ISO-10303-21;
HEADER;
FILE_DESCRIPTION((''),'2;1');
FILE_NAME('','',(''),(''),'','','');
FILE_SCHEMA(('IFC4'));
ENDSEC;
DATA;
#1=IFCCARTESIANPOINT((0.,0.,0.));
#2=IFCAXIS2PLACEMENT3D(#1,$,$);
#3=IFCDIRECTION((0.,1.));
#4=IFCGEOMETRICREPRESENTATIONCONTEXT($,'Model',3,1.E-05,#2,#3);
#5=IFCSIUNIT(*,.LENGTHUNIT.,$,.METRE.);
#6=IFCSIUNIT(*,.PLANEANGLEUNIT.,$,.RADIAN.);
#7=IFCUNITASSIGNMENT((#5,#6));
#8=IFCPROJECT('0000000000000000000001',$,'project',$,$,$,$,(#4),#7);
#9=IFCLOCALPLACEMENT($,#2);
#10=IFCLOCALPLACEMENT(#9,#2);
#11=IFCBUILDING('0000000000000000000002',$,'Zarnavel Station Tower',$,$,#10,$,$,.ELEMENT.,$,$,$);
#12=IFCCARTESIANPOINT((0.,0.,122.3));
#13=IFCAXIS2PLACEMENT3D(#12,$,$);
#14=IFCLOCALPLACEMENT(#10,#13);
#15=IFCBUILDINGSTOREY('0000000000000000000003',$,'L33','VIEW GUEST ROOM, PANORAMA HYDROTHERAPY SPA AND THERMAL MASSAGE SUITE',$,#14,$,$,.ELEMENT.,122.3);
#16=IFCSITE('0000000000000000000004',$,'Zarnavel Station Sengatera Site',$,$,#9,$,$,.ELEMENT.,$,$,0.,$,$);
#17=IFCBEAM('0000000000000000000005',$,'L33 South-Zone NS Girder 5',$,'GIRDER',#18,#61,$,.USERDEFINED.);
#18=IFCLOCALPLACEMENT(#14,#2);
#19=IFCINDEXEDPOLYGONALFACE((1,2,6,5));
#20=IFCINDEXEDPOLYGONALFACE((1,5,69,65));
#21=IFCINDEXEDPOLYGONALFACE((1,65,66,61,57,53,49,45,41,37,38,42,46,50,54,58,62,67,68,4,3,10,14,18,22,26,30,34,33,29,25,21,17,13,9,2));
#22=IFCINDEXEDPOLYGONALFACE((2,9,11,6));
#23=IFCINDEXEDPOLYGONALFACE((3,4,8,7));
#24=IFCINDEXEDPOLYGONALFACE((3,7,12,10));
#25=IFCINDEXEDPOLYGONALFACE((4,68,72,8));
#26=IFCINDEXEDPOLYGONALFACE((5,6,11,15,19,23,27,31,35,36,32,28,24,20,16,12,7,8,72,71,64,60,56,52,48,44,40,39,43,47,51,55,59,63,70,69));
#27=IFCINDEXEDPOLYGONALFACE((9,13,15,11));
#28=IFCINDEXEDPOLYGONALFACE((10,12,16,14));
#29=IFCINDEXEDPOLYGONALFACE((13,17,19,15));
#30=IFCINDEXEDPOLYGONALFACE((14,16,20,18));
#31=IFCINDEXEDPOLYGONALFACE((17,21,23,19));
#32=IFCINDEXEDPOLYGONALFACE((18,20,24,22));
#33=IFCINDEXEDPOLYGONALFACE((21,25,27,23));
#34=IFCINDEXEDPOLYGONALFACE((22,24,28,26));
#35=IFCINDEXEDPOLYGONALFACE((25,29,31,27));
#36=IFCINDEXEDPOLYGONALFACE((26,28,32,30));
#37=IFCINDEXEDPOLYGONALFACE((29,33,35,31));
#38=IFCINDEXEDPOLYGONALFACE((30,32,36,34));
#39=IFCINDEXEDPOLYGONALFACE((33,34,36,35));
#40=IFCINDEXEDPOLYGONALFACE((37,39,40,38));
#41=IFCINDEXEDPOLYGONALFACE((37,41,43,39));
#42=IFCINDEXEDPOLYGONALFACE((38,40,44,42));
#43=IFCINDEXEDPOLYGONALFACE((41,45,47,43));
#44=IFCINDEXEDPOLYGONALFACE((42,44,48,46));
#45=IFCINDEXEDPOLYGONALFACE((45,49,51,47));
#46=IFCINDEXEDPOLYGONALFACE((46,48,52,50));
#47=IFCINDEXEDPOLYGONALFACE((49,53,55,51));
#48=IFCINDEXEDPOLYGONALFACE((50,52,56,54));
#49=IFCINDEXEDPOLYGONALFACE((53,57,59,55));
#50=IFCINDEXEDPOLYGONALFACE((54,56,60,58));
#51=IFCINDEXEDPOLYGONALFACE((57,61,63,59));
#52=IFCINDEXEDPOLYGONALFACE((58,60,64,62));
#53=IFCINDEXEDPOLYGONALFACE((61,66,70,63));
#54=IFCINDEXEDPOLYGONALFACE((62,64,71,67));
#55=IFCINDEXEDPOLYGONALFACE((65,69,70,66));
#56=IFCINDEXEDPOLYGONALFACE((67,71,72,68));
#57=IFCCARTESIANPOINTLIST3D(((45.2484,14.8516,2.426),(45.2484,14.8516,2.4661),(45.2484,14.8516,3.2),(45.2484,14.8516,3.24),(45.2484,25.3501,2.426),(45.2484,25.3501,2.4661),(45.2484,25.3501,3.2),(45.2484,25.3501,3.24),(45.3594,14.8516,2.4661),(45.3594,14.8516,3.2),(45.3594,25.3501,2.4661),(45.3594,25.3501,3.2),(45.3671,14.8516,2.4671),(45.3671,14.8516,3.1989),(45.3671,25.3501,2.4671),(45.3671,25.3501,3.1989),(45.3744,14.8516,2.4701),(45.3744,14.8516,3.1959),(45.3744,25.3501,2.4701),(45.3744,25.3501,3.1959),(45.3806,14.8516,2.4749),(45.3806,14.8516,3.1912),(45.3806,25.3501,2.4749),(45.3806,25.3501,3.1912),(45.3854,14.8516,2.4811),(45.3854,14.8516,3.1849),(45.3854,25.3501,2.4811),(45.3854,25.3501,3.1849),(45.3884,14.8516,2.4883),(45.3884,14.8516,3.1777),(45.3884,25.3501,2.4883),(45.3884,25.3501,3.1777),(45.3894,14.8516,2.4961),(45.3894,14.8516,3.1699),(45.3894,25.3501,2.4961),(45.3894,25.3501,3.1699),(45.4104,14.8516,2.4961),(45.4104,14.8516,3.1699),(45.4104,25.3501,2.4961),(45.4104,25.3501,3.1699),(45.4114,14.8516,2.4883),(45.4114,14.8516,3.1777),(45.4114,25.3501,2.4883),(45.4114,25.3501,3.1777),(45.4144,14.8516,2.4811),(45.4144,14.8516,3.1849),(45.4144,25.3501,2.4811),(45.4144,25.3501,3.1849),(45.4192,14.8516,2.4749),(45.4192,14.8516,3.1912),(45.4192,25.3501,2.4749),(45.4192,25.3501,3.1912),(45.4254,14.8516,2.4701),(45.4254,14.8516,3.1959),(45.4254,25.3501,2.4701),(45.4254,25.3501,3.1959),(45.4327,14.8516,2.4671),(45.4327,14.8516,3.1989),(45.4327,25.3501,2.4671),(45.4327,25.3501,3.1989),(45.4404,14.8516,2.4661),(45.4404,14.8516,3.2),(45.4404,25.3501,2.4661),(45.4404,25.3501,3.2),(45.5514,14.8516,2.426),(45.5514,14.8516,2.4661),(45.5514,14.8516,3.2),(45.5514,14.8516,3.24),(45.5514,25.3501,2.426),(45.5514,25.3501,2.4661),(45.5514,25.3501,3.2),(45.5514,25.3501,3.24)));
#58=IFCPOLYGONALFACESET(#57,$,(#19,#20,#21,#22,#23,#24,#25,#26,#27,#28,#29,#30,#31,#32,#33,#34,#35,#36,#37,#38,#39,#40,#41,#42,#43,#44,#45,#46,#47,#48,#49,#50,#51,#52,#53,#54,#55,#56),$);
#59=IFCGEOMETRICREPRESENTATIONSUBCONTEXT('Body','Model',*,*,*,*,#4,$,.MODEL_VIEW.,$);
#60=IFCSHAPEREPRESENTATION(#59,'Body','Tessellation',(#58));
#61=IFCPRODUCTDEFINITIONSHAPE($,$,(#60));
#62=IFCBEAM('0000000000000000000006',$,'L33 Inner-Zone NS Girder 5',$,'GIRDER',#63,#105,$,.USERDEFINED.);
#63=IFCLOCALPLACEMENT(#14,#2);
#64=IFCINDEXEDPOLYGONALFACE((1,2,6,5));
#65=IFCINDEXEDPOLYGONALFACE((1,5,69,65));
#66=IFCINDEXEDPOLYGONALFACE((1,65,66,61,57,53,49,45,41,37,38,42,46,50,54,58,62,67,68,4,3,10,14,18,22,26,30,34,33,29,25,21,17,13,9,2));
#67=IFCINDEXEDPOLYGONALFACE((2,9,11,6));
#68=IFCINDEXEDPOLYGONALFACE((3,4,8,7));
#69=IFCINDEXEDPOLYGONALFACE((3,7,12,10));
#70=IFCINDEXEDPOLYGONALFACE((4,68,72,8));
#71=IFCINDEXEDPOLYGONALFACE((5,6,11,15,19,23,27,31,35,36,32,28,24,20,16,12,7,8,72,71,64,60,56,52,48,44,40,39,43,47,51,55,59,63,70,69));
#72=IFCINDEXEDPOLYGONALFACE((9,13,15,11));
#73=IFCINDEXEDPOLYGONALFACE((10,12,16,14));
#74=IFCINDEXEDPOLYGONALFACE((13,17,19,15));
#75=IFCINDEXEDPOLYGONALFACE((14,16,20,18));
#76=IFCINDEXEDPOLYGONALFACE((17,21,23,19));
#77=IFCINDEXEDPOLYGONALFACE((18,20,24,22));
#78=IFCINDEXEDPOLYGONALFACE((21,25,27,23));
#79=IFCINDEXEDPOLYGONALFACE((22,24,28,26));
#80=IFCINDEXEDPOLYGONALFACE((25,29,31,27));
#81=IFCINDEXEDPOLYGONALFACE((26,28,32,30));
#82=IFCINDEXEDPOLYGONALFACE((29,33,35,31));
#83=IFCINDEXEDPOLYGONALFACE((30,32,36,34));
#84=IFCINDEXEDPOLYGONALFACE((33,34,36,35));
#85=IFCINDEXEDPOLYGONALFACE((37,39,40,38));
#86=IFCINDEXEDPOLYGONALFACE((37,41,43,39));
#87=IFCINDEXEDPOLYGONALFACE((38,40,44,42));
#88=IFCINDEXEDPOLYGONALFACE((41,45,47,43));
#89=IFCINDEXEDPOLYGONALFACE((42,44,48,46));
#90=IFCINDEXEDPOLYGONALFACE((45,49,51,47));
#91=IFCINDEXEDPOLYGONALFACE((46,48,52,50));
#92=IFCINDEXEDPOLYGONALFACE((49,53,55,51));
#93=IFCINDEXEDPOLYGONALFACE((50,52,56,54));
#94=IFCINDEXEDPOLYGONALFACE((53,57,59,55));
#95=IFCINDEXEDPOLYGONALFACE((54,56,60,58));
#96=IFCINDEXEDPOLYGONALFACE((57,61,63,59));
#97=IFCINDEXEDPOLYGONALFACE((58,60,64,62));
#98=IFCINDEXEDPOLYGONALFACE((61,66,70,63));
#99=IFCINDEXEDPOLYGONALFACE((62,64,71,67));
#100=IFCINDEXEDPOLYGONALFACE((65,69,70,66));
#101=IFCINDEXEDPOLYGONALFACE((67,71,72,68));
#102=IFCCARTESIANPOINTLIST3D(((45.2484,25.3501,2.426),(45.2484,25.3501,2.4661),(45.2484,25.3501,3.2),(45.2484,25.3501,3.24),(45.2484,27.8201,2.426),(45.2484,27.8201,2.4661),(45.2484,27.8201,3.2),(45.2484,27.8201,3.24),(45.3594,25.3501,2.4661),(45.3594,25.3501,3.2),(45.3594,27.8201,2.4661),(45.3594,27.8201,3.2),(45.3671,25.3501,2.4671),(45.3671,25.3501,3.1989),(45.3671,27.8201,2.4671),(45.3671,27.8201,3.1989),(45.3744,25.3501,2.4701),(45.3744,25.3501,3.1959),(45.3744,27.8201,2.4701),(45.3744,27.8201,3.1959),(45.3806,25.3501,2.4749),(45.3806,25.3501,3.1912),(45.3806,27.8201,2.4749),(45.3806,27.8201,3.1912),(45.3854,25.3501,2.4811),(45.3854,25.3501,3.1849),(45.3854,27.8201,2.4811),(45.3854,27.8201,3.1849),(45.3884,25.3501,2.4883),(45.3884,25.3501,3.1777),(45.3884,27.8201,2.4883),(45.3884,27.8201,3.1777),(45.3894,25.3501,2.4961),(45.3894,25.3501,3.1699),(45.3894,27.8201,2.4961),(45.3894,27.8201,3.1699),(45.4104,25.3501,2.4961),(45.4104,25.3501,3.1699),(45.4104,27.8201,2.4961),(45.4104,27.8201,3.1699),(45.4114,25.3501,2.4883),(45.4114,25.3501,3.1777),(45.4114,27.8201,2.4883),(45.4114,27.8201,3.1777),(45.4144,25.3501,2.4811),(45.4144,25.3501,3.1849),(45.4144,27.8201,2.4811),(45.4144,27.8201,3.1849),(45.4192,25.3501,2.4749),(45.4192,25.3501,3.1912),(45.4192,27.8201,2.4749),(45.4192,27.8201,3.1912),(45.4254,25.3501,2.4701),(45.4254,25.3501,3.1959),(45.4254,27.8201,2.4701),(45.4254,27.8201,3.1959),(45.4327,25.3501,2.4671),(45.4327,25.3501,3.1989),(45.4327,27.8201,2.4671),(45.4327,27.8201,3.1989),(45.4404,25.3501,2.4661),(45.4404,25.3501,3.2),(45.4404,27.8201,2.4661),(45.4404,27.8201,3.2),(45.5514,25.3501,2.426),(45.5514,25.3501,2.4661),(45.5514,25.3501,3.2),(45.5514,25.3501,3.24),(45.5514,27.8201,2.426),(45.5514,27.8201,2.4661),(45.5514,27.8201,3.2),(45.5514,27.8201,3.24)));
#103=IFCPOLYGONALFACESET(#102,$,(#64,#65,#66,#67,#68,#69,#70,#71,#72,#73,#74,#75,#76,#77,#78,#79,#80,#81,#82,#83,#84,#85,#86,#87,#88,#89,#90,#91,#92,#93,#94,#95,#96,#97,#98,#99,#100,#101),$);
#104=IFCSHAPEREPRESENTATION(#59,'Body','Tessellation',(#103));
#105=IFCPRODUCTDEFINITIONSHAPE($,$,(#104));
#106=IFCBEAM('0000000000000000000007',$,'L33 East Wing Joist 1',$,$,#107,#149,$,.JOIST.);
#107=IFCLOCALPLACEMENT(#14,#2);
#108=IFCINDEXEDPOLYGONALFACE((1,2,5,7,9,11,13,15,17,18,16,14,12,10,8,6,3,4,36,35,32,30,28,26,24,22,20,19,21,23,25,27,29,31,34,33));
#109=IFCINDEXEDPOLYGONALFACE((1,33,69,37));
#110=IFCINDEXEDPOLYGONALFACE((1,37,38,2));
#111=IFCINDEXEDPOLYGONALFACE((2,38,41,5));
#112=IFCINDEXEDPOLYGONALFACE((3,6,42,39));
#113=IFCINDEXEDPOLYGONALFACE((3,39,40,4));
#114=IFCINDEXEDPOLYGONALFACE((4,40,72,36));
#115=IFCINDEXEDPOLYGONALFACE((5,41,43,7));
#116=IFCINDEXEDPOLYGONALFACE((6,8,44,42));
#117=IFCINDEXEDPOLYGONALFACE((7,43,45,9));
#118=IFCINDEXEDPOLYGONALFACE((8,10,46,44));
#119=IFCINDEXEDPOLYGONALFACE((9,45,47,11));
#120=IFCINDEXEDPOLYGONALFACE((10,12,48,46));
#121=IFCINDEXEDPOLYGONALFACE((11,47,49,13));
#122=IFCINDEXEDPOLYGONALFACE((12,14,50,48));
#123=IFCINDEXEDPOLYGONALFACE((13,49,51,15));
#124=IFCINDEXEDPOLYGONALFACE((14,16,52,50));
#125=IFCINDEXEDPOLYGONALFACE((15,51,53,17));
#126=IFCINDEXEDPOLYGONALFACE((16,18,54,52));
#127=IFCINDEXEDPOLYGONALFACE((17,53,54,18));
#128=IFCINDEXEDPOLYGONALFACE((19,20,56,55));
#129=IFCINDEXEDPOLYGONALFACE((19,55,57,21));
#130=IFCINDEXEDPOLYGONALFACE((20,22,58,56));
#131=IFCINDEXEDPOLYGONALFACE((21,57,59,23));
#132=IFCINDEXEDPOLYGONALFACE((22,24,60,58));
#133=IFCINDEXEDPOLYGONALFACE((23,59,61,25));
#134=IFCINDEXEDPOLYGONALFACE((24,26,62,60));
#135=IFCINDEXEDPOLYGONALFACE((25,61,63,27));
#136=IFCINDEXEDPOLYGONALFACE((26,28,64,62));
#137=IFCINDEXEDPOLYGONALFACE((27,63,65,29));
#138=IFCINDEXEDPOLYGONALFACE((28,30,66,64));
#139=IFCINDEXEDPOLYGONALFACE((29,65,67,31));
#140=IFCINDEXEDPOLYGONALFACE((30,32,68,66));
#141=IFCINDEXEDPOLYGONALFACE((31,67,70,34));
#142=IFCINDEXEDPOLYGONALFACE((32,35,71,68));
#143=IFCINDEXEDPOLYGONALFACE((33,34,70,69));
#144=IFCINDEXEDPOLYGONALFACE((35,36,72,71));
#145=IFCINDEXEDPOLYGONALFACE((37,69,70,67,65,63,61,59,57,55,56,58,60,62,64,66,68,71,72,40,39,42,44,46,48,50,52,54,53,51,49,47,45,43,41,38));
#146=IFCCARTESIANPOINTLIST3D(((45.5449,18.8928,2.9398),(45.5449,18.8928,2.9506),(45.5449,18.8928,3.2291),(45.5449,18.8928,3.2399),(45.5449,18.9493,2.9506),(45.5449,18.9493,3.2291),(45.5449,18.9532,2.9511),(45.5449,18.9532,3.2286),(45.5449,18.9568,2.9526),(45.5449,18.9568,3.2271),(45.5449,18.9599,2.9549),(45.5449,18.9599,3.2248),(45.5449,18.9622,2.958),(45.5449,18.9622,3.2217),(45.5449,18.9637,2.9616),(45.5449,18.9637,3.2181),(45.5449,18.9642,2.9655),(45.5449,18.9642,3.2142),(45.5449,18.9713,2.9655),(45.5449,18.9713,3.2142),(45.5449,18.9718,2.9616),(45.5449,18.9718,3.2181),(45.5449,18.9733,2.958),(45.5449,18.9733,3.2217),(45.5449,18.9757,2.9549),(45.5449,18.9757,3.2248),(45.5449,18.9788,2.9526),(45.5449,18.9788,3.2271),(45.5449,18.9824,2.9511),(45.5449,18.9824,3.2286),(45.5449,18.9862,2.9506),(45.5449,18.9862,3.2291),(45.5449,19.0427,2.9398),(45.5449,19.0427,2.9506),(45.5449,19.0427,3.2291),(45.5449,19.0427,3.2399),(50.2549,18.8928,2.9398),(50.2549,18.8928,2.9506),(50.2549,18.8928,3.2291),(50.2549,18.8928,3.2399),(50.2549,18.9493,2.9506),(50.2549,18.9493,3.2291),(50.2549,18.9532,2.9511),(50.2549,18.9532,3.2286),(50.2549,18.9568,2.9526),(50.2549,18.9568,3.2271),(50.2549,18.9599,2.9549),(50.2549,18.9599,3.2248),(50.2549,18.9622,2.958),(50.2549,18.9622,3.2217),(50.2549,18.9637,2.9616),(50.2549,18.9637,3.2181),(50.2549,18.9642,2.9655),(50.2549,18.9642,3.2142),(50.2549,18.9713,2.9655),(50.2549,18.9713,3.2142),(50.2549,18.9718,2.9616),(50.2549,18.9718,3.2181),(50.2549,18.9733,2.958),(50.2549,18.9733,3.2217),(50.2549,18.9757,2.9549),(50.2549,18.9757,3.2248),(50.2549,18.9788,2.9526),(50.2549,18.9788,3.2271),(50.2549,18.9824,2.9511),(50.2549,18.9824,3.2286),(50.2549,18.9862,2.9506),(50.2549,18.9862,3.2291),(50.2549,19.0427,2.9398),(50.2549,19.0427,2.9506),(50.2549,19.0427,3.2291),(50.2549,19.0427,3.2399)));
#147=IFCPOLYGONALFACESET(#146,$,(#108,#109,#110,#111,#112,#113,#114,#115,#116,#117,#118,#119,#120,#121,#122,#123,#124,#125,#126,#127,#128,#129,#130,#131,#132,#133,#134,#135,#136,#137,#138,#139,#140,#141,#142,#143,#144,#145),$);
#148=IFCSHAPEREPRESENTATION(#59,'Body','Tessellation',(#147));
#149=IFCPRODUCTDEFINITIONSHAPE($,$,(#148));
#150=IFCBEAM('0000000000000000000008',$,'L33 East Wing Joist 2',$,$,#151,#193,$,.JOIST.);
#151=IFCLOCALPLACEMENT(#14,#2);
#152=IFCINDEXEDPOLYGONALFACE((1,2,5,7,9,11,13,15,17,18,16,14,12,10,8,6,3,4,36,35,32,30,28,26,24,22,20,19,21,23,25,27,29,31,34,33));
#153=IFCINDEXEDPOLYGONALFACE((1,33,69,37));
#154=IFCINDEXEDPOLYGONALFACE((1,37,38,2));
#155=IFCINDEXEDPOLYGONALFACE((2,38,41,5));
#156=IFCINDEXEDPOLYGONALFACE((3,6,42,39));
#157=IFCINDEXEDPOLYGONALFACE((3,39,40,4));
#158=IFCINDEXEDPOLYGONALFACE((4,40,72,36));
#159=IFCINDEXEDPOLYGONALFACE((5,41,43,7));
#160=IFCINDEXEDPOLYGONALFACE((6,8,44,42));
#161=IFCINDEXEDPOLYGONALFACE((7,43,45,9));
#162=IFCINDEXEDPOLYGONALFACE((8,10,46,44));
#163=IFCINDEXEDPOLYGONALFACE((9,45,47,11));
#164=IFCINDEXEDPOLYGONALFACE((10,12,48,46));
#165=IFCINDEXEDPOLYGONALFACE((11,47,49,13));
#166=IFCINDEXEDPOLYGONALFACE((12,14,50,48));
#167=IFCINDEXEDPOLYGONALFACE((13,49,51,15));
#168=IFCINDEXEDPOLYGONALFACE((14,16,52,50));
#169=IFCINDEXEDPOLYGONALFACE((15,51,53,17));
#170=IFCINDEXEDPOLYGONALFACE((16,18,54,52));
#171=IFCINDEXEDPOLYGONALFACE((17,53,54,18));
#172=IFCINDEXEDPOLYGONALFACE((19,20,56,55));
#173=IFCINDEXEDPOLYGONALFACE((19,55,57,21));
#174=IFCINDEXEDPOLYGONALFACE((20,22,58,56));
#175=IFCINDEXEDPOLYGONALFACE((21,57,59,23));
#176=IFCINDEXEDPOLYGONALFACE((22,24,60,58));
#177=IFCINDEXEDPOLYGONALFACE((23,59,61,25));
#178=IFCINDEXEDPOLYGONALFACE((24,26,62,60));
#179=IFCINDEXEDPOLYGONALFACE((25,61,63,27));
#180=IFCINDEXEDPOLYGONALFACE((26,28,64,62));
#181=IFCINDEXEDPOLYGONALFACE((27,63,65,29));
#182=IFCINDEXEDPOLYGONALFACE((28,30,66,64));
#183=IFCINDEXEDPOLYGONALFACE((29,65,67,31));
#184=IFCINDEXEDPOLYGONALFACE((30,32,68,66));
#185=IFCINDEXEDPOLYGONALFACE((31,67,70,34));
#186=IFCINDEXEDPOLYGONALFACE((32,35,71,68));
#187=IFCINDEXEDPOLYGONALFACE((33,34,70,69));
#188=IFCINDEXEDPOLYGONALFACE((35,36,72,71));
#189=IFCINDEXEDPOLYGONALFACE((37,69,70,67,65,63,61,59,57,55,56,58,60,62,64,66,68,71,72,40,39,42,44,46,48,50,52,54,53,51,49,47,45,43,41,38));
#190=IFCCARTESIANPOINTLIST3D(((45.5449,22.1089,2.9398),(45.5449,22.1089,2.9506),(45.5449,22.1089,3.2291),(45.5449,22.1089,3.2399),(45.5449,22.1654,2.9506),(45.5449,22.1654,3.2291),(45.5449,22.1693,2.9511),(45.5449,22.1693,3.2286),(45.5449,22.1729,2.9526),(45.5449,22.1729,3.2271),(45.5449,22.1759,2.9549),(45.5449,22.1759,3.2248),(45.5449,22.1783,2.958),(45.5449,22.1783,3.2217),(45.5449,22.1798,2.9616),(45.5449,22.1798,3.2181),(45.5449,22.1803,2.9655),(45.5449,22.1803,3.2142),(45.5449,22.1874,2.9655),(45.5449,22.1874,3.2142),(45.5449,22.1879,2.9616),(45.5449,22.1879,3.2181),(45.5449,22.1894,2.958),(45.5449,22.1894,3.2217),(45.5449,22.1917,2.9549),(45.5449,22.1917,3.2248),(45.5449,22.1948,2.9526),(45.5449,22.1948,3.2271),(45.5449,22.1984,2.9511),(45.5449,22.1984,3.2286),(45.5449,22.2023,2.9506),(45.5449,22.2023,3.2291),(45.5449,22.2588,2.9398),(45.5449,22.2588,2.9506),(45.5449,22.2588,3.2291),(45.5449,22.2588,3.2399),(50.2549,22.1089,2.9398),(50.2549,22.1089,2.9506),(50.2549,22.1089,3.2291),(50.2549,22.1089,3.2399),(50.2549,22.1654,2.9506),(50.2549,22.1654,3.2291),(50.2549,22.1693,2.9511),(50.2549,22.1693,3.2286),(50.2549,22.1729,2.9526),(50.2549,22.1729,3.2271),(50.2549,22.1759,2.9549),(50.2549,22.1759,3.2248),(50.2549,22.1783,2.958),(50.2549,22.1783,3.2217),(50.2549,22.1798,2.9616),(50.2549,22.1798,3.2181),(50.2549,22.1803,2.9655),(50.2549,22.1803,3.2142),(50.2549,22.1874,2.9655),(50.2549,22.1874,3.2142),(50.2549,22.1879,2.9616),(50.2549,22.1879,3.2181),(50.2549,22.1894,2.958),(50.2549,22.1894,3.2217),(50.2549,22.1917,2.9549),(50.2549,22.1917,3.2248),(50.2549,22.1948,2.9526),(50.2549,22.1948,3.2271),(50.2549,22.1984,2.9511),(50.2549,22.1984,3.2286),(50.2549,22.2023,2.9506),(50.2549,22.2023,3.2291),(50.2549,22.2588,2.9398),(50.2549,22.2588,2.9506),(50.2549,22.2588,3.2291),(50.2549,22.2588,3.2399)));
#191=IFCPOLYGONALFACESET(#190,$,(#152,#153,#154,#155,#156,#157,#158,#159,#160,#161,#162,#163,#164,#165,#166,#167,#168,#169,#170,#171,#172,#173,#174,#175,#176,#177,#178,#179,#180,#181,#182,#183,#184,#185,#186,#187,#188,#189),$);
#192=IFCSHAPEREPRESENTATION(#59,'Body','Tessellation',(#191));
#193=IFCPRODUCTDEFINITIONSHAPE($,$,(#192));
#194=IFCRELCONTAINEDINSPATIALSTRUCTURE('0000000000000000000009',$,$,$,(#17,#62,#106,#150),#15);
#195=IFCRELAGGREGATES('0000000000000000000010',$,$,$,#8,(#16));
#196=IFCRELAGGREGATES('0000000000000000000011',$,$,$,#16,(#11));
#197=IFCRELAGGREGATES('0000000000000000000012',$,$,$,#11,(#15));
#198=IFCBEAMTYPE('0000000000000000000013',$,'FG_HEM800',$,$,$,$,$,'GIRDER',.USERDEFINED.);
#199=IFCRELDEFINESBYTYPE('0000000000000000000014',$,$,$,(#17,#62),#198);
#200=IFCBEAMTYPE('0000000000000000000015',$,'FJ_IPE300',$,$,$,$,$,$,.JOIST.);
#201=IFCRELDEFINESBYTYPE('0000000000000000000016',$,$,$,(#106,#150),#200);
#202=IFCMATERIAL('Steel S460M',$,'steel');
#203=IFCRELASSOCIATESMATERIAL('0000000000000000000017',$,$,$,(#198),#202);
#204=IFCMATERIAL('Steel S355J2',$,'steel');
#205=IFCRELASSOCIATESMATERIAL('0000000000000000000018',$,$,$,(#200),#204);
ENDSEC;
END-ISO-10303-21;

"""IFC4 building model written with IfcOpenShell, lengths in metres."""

from ifc_helpers import new_model, si_unit, direction, frame, origin, origin_2d, place, context, subcontext, project, spatial, i_section, extrude, material, material_profile, profile_set, type_object, element, save


model = new_model("IFC4")

# Units and contexts
model_context = context("Model", 3, precision=1e-05, world=origin(), true_north=direction((0.0, 1.0)))
body_context = subcontext(model_context, "Body", "Model", "MODEL_VIEW")
ifc_project = project(units=[si_unit("LENGTHUNIT", "METRE"), si_unit("PLANEANGLEUNIT", "RADIAN")], contexts=[model_context])

# Site, building, storey
site_placement = place(None, origin())
site = spatial("IfcSite", under=ifc_project, at=site_placement, Name="Zarnavel Station Sengatera Site", CompositionType="ELEMENT", RefElevation=0.0)
building_placement = place(site_placement, origin())
building = spatial("IfcBuilding", under=site, at=building_placement, Name="Zarnavel Station Tower", CompositionType="ELEMENT")
storey_placement = place(building_placement, frame((0.0, 0.0, 122.3)))
storey = spatial("IfcBuildingStorey", under=building, at=storey_placement, Name="L33", Description="VIEW GUEST ROOM, PANORAMA HYDROTHERAPY SPA AND THERMAL MASSAGE SUITE", CompositionType="ELEMENT", Elevation=122.3)

# Beams
ifc_material_1 = material(Name="Steel S460M", Category="steel")
ifc_material_profile_1 = material_profile(ifc_material_1, i_section(OverallWidth=0.303, OverallDepth=0.814, WebThickness=0.021, FlangeThickness=0.04, FilletRadius=0.03, at=origin_2d()), Name="HEM800")
ifc_profile_set_1 = profile_set([ifc_material_profile_1], Name="Steel S460M")
beam_type_1 = type_object("IfcBeamType", Name="FG_HEM800", ElementType="GIRDER", PredefinedType="USERDEFINED", material=ifc_profile_set_1)
beam_1_placement = place(storey_placement, frame((45.3999, 14.8516, 2.833), z_axis=(0.0, 1.0, 0.0), x_axis=(-1.0, 0.0, 0.0)))
element("IfcBeam", 1, at=beam_1_placement, inside=storey, type_object=beam_type_1, Name="L33 South-Zone NS Girder 5", ObjectType="GIRDER", PredefinedType="USERDEFINED", context=body_context, shape_type="SweptSolid", body=[
    extrude(i_section(OverallWidth=0.303, OverallDepth=0.814, WebThickness=0.021, FlangeThickness=0.04, FilletRadius=0.03, at=origin_2d()), origin(), (0.0, 0.0, 1.0), 10.4985),
])
beam_2_placement = place(storey_placement, frame((45.3999, 25.3501, 2.833), z_axis=(0.0, 1.0, 0.0), x_axis=(-1.0, 0.0, 0.0)))
element("IfcBeam", 2, at=beam_2_placement, inside=storey, type_object=beam_type_1, Name="L33 Inner-Zone NS Girder 5", ObjectType="GIRDER", PredefinedType="USERDEFINED", context=body_context, shape_type="SweptSolid", body=[
    extrude(i_section(OverallWidth=0.303, OverallDepth=0.814, WebThickness=0.021, FlangeThickness=0.04, FilletRadius=0.03, at=origin_2d()), origin(), (0.0, 0.0, 1.0), 2.47),
])
ifc_material_2 = material(Name="Steel S355J2", Category="steel")
ifc_material_profile_2 = material_profile(ifc_material_2, i_section(OverallWidth=0.1499, OverallDepth=0.3, WebThickness=0.0071, FlangeThickness=0.0107, FilletRadius=0.0149, at=origin_2d()), Name="IPE300")
ifc_profile_set_2 = profile_set([ifc_material_profile_2], Name="Steel S355J2")
beam_type_2 = type_object("IfcBeamType", Name="FJ_IPE300", PredefinedType="JOIST", material=ifc_profile_set_2)
for number, where, z_axis, x_axis, name in (
    (3, (45.5449, 18.9678, 3.0898), (1.0, 0.0, 0.0), (0.0, 1.0, 0.0), "L33 East Wing Joist 1"),
    (4, (45.5449, 22.1838, 3.0898), (1.0, 0.0, 0.0), (0.0, 1.0, 0.0), "L33 East Wing Joist 2"),
):
    element("IfcBeam", number, at=place(storey_placement, frame(where, z_axis=z_axis, x_axis=x_axis)), inside=storey, type_object=beam_type_2, Name=name, PredefinedType="JOIST", context=body_context, shape_type="SweptSolid", body=[
        extrude(i_section(OverallWidth=0.1499, OverallDepth=0.3, WebThickness=0.0071, FlangeThickness=0.0107, FilletRadius=0.0149, at=origin_2d()), origin(), (0.0, 0.0, 1.0), 4.71),
    ])

save(model, "model.ifc")
